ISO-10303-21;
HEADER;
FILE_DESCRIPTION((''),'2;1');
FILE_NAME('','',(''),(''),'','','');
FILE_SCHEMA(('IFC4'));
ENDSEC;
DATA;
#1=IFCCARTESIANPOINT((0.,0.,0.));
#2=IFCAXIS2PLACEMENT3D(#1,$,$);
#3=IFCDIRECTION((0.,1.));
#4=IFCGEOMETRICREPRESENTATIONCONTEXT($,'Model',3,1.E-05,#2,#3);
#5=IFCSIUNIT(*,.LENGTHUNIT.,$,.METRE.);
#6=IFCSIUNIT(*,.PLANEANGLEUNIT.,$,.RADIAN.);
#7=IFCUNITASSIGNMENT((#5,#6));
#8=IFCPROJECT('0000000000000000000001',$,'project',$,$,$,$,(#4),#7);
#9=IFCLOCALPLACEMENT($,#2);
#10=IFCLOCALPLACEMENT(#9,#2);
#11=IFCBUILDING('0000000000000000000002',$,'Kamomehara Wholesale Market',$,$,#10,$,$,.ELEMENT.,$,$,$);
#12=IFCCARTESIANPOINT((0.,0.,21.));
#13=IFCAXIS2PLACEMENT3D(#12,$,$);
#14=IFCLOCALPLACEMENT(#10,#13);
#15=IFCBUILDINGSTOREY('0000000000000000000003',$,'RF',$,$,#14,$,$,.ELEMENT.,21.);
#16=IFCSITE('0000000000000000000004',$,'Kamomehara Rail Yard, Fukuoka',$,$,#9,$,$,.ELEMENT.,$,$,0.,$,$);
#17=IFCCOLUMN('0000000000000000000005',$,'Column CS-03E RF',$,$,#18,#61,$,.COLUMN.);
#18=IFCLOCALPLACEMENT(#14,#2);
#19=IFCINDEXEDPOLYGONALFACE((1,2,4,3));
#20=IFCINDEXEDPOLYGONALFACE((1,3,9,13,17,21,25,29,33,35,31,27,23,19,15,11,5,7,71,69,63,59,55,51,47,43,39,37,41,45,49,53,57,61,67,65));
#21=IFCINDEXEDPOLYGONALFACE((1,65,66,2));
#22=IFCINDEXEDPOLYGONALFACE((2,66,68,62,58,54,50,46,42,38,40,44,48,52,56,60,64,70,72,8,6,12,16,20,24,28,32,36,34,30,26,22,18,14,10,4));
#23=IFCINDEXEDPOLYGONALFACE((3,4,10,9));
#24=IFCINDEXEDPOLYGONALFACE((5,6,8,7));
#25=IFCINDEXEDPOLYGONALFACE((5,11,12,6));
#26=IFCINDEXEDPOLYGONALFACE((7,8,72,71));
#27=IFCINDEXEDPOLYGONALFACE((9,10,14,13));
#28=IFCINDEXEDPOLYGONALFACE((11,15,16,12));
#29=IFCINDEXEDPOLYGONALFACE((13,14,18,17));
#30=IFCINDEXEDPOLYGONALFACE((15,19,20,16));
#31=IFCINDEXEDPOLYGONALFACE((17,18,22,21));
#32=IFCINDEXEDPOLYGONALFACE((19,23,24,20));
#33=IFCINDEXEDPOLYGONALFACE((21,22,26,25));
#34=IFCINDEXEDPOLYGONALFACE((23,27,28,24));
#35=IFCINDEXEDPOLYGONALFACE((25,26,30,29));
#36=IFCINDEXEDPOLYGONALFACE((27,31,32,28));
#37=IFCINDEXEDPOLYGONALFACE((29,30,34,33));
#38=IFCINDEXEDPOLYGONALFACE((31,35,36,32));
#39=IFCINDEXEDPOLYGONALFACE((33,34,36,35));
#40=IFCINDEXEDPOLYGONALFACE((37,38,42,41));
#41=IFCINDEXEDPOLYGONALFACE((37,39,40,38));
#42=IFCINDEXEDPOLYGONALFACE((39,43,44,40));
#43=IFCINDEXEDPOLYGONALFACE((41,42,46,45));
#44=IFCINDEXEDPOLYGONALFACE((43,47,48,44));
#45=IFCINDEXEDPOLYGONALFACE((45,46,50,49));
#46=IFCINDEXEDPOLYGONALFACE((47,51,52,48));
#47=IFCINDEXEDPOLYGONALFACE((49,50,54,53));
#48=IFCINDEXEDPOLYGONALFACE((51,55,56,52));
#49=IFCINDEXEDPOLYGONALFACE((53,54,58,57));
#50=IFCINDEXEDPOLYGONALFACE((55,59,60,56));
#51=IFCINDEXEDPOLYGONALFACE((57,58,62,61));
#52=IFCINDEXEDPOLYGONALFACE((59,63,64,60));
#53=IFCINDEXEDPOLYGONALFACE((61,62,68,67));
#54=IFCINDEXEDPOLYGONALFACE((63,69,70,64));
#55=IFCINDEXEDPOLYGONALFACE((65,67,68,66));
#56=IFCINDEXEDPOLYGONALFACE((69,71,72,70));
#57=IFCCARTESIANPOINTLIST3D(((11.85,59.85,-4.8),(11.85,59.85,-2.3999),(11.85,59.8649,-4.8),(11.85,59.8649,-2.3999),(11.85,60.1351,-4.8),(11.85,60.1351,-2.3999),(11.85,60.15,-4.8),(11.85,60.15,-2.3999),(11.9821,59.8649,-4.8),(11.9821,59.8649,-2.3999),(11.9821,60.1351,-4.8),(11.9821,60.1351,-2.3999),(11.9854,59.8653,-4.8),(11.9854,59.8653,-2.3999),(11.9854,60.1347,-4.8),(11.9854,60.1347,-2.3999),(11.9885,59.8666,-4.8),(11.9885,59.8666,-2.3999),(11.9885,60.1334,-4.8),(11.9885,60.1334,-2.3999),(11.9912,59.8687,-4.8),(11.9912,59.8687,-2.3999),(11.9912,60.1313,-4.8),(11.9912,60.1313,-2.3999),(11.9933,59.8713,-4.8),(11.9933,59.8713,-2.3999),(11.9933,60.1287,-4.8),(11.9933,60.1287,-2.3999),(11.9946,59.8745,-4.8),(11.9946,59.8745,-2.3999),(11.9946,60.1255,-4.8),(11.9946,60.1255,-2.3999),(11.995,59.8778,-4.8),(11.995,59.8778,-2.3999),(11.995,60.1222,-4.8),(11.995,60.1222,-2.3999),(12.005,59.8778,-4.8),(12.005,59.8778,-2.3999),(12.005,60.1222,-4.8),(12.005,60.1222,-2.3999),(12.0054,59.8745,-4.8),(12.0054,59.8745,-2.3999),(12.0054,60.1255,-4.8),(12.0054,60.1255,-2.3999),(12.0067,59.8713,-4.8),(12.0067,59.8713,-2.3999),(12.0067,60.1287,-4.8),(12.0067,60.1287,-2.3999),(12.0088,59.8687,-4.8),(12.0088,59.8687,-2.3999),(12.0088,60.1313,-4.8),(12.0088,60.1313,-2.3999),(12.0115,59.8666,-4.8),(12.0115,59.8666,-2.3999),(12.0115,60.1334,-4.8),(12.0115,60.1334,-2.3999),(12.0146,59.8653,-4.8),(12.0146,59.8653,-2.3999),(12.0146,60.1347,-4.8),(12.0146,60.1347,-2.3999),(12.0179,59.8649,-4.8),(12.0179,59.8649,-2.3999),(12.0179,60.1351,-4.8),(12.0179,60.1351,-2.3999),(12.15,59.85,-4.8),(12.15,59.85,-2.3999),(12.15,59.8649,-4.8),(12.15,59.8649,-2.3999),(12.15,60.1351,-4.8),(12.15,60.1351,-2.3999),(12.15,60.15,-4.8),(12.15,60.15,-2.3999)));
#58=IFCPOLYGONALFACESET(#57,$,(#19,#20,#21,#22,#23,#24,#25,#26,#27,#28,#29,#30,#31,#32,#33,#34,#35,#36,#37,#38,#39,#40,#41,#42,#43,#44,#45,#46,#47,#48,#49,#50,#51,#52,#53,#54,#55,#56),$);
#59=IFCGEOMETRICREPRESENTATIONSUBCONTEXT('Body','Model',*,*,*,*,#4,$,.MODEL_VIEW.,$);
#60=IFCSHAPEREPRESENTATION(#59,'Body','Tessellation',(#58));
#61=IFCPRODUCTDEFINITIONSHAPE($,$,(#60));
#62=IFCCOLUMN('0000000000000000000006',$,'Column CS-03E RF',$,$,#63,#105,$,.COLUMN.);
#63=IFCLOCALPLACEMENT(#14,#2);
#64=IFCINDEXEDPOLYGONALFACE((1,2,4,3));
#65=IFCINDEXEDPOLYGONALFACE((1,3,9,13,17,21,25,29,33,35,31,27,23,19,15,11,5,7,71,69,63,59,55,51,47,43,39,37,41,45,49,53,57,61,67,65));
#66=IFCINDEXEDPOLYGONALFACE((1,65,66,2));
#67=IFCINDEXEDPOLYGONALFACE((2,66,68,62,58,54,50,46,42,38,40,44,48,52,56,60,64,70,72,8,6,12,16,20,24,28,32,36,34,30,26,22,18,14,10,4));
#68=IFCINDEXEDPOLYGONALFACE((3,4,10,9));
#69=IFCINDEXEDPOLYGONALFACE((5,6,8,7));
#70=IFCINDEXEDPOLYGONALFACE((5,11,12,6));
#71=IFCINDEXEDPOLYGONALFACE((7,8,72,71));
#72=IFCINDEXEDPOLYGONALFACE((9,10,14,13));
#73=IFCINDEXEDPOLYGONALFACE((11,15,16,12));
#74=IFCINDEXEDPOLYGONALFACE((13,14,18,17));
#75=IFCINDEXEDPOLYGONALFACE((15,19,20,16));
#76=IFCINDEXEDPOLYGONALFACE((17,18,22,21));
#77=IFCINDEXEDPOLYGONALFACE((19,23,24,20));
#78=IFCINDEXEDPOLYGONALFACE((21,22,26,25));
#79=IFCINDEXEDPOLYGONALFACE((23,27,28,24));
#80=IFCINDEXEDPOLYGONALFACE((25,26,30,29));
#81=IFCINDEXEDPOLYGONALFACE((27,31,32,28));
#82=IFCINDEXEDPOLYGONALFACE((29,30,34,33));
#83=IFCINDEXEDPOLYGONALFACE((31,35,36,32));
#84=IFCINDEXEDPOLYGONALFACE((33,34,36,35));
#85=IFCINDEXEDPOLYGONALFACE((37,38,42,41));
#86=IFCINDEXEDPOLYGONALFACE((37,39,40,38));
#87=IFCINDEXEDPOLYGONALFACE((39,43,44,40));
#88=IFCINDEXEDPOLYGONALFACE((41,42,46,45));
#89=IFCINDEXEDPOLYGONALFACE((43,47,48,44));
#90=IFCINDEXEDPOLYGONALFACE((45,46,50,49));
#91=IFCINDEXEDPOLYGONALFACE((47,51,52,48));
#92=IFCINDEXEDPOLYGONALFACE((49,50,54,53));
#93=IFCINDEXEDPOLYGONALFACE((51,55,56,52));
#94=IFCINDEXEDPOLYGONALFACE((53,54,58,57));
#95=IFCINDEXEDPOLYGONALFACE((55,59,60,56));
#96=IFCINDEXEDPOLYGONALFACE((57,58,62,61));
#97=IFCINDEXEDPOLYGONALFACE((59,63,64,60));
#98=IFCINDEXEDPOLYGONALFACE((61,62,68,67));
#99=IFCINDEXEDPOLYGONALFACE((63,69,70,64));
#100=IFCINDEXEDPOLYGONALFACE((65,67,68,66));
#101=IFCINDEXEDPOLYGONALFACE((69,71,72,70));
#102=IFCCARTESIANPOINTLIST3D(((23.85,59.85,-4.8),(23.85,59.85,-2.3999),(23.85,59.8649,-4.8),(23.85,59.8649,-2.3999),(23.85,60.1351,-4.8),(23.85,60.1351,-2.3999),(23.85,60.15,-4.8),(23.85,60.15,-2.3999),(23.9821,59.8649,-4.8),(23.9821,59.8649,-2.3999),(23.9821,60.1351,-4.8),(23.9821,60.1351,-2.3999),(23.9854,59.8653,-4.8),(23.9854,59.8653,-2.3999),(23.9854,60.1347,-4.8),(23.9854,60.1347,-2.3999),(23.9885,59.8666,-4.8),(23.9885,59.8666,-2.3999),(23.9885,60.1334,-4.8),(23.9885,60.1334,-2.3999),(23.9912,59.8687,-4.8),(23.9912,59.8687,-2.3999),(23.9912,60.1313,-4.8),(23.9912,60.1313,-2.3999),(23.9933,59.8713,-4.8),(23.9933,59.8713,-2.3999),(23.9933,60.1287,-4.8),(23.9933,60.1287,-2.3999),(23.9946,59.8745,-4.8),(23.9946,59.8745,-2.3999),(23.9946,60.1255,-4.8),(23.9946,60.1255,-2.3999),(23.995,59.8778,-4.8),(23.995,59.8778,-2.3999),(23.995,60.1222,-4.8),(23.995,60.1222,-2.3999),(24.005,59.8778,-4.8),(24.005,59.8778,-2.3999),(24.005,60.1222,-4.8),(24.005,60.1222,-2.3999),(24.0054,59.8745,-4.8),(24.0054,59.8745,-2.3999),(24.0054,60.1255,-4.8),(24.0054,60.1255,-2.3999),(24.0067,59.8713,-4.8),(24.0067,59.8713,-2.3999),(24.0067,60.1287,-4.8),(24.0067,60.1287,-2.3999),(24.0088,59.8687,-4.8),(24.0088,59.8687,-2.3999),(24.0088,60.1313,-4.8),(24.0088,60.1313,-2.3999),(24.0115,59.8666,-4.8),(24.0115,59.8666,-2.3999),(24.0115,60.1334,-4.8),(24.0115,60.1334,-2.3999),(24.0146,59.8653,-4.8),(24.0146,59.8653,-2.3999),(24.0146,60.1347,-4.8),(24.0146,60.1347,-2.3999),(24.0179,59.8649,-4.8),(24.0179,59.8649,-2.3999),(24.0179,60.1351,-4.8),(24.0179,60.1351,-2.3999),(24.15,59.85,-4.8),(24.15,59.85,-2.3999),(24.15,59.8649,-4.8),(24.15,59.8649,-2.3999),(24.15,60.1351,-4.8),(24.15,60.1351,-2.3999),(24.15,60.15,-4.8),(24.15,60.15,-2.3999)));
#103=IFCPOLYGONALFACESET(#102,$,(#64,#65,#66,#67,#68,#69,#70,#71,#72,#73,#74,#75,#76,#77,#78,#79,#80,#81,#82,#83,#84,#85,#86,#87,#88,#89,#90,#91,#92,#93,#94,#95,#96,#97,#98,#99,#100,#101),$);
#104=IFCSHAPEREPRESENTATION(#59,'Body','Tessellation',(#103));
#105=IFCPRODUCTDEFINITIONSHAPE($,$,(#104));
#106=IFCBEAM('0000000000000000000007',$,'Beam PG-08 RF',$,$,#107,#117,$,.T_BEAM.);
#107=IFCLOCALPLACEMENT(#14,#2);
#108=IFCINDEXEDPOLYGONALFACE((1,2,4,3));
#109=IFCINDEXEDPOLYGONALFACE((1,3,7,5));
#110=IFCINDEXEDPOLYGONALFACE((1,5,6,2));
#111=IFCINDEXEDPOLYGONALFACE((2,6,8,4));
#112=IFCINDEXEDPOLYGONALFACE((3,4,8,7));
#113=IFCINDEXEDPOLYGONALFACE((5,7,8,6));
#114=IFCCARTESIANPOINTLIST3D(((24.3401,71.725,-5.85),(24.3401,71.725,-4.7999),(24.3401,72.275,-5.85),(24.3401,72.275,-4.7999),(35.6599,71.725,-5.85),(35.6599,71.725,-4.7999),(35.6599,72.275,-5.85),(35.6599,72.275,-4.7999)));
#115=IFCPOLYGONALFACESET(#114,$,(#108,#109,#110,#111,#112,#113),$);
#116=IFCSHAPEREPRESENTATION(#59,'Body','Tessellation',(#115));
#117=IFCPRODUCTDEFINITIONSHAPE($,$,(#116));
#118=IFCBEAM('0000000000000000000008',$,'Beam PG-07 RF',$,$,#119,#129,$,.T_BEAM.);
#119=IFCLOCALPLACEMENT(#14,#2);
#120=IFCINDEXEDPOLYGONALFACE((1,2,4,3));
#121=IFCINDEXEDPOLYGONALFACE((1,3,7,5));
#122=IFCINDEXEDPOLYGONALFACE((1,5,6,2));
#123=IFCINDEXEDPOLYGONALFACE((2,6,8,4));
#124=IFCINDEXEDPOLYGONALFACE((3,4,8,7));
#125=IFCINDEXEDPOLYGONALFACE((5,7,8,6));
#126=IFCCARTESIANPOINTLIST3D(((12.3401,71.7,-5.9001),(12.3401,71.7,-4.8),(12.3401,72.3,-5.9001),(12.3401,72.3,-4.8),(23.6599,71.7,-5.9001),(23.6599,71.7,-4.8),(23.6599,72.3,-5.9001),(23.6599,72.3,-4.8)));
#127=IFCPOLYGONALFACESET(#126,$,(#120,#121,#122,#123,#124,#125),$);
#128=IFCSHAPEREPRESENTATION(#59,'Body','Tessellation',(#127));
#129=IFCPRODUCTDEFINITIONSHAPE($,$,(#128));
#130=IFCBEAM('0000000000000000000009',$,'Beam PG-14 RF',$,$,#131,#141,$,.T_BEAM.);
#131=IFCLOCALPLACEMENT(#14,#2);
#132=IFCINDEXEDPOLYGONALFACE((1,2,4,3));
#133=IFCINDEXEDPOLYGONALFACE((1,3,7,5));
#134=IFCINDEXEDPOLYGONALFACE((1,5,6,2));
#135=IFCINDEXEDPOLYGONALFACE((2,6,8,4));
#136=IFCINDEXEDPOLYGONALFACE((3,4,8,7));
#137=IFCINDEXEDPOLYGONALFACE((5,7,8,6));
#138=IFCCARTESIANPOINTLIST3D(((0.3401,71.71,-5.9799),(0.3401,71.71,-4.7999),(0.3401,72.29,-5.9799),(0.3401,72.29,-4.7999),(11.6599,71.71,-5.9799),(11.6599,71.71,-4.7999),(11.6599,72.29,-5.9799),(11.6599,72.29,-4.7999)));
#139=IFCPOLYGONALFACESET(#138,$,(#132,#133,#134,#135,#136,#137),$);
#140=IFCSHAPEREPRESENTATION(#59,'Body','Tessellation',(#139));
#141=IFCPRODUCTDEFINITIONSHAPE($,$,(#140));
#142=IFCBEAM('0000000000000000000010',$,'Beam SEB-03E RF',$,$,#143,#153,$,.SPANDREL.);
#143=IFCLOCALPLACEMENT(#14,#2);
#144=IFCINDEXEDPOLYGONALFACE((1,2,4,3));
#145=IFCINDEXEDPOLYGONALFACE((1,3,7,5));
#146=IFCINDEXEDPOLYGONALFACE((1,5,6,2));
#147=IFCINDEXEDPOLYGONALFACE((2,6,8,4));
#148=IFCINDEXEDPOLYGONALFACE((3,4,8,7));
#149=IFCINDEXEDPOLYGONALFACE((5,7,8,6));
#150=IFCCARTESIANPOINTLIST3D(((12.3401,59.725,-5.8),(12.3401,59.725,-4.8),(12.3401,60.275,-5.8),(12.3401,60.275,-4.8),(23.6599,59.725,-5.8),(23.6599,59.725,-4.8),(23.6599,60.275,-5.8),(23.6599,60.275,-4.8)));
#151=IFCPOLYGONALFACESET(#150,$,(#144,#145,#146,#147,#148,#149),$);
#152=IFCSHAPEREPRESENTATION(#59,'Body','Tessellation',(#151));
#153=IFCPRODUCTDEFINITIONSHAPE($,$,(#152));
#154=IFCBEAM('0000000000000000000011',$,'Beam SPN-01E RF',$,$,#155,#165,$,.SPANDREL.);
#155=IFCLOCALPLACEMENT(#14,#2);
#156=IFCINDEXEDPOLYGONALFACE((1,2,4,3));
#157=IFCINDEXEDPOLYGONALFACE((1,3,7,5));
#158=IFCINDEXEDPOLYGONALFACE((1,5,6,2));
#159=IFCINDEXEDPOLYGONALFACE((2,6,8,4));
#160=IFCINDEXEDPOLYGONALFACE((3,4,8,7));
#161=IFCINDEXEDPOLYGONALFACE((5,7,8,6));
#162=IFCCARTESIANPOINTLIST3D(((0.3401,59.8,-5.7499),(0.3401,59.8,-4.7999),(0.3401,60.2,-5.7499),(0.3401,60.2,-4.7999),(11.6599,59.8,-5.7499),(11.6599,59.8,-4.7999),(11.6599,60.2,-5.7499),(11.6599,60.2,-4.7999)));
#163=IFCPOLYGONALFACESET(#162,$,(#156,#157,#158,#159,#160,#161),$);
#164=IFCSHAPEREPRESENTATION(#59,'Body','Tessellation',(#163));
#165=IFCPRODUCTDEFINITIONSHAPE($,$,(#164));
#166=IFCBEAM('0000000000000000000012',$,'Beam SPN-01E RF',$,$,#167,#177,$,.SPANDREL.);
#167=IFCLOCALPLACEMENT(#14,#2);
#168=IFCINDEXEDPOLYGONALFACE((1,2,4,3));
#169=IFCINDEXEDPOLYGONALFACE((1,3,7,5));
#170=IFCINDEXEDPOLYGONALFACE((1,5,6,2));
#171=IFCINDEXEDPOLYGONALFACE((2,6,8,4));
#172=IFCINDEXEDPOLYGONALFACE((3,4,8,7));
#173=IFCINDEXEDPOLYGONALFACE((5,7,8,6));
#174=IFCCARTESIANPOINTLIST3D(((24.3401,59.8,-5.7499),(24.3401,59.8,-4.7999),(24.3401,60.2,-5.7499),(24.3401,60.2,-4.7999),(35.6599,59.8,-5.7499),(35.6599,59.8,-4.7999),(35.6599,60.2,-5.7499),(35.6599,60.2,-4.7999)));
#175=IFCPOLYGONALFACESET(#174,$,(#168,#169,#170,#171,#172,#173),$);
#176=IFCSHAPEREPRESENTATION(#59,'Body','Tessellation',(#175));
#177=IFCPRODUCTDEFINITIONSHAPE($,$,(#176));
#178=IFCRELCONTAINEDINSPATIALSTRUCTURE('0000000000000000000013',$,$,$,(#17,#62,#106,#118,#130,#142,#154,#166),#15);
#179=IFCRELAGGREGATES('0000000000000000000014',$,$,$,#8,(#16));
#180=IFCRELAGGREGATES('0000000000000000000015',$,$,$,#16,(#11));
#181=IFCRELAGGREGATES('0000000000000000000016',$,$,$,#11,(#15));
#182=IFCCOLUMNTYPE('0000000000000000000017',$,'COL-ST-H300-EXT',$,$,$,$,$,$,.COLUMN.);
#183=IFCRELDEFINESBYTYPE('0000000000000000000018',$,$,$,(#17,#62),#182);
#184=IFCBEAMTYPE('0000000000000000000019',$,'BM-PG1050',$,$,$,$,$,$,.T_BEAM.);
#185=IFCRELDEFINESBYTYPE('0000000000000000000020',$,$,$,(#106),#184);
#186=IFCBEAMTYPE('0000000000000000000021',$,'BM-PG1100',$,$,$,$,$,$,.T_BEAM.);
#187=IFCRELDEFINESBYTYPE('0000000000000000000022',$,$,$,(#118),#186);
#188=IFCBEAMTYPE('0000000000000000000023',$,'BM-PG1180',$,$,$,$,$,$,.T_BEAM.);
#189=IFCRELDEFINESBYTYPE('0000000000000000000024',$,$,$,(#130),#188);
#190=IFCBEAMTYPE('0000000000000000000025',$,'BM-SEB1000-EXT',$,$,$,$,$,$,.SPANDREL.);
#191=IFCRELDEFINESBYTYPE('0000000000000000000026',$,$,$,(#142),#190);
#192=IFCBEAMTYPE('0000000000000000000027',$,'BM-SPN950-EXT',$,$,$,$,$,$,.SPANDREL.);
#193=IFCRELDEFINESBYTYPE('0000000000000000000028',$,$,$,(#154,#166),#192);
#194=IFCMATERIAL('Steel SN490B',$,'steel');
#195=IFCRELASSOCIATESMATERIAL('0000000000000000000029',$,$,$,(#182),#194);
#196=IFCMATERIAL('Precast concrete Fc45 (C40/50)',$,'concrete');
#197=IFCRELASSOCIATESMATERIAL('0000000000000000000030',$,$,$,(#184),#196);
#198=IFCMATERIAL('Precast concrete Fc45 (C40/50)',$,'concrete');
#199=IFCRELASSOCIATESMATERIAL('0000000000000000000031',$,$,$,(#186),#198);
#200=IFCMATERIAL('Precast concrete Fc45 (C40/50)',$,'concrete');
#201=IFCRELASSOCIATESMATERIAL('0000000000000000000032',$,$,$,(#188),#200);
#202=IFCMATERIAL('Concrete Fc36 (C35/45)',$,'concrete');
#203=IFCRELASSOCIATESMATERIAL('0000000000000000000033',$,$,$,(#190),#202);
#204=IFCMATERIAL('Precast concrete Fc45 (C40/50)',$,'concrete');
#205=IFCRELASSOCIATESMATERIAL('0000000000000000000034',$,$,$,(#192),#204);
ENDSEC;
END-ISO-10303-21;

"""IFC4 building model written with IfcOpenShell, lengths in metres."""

from ifc_helpers import new_model, si_unit, direction, frame, origin, origin_2d, place, context, subcontext, project, spatial, rectangle, i_section, extrude, material, material_profile, profile_set, type_object, element, save


model = new_model("IFC4")

# Units and contexts
model_context = context("Model", 3, precision=1e-05, world=origin(), true_north=direction((0.0, 1.0)))
body_context = subcontext(model_context, "Body", "Model", "MODEL_VIEW")
ifc_project = project(units=[si_unit("LENGTHUNIT", "METRE"), si_unit("PLANEANGLEUNIT", "RADIAN")], contexts=[model_context])

# Site, building, storey
site_placement = place(None, origin())
site = spatial("IfcSite", under=ifc_project, at=site_placement, Name="Kamomehara Rail Yard, Fukuoka", CompositionType="ELEMENT", RefElevation=0.0)
building_placement = place(site_placement, origin())
building = spatial("IfcBuilding", under=site, at=building_placement, Name="Kamomehara Wholesale Market", CompositionType="ELEMENT")
storey_placement = place(building_placement, frame((0.0, 0.0, 21.0)))
storey = spatial("IfcBuildingStorey", under=building, at=storey_placement, Name="RF", CompositionType="ELEMENT", Elevation=21.0)

# Columns
ifc_material_1 = material(Name="Steel SN490B", Category="steel")
ifc_material_profile_1 = material_profile(ifc_material_1, i_section(OverallWidth=0.3, OverallDepth=0.3, WebThickness=0.01, FlangeThickness=0.0149, FilletRadius=0.0129, at=origin_2d()), Name="H-300x300x10x15")
ifc_profile_set_1 = profile_set([ifc_material_profile_1], Name="Steel SN490B")
column_type_1 = type_object("IfcColumnType", Name="COL-ST-H300-EXT", PredefinedType="COLUMN", material=ifc_profile_set_1)
for number, where, z_axis, x_axis, name in (
    (1, (12.0, 60.0, -4.8), (0.0, 0.0, 1.0), (1.0, 0.0, 0.0), "Column CS-03E RF"),
    (2, (24.0, 60.0, -4.8), (0.0, 0.0, 1.0), (1.0, 0.0, 0.0), "Column CS-03E RF"),
):
    element("IfcColumn", number, at=place(storey_placement, frame(where, z_axis=z_axis, x_axis=x_axis)), inside=storey, type_object=column_type_1, Name=name, PredefinedType="COLUMN", context=body_context, shape_type="SweptSolid", body=[
        extrude(i_section(OverallWidth=0.3, OverallDepth=0.3, WebThickness=0.01, FlangeThickness=0.0149, FilletRadius=0.0129, at=origin_2d()), origin(), (0.0, 0.0, 1.0), 2.4001),
    ])

# Beams
ifc_material_2 = material(Name="Precast concrete Fc45 (C40/50)", Category="concrete")
ifc_material_profile_2 = material_profile(ifc_material_2, rectangle(XDim=0.55, YDim=1.05, at=origin_2d()), Name="PC-GRD-550x1050")
ifc_profile_set_2 = profile_set([ifc_material_profile_2], Name="Precast concrete Fc45 (C40/50)")
beam_type_1 = type_object("IfcBeamType", Name="BM-PG1050", PredefinedType="T_BEAM", material=ifc_profile_set_2)
beam_1_placement = place(storey_placement, frame((24.3401, 72.0, -5.325), z_axis=(1.0, 0.0, 0.0), x_axis=(0.0, 1.0, 0.0)))
element("IfcBeam", 3, at=beam_1_placement, inside=storey, type_object=beam_type_1, Name="Beam PG-08 RF", PredefinedType="T_BEAM", context=body_context, shape_type="SweptSolid", body=[
    extrude(rectangle(XDim=0.55, YDim=1.05, at=origin_2d()), origin(), (0.0, 0.0, 1.0), 11.3198),
])
ifc_material_3 = material(Name="Precast concrete Fc45 (C40/50)", Category="concrete")
ifc_material_profile_3 = material_profile(ifc_material_3, rectangle(XDim=0.6001, YDim=1.1001, at=origin_2d()), Name="PC-GRD-600x1100")
ifc_profile_set_3 = profile_set([ifc_material_profile_3], Name="Precast concrete Fc45 (C40/50)")
beam_type_2 = type_object("IfcBeamType", Name="BM-PG1100", PredefinedType="T_BEAM", material=ifc_profile_set_3)
beam_2_placement = place(storey_placement, frame((12.3401, 72.0, -5.3501), z_axis=(1.0, 0.0, 0.0), x_axis=(0.0, 1.0, 0.0)))
element("IfcBeam", 4, at=beam_2_placement, inside=storey, type_object=beam_type_2, Name="Beam PG-07 RF", PredefinedType="T_BEAM", context=body_context, shape_type="SweptSolid", body=[
    extrude(rectangle(XDim=0.6001, YDim=1.1001, at=origin_2d()), origin(), (0.0, 0.0, 1.0), 11.3198),
])
ifc_material_4 = material(Name="Precast concrete Fc45 (C40/50)", Category="concrete")
ifc_material_profile_4 = material_profile(ifc_material_4, rectangle(XDim=0.5801, YDim=1.1799, at=origin_2d()), Name="PC-GRD-580x1180")
ifc_profile_set_4 = profile_set([ifc_material_profile_4], Name="Precast concrete Fc45 (C40/50)")
beam_type_3 = type_object("IfcBeamType", Name="BM-PG1180", PredefinedType="T_BEAM", material=ifc_profile_set_4)
beam_3_placement = place(storey_placement, frame((0.3401, 72.0, -5.3899), z_axis=(1.0, 0.0, 0.0), x_axis=(0.0, 1.0, 0.0)))
element("IfcBeam", 5, at=beam_3_placement, inside=storey, type_object=beam_type_3, Name="Beam PG-14 RF", PredefinedType="T_BEAM", context=body_context, shape_type="SweptSolid", body=[
    extrude(rectangle(XDim=0.5801, YDim=1.1799, at=origin_2d()), origin(), (0.0, 0.0, 1.0), 11.3198),
])
ifc_material_5 = material(Name="Concrete Fc36 (C35/45)", Category="concrete")
ifc_material_profile_5 = material_profile(ifc_material_5, rectangle(XDim=0.55, YDim=1.0, at=origin_2d()), Name="RC-SEB-550x1000")
ifc_profile_set_5 = profile_set([ifc_material_profile_5], Name="Concrete Fc36 (C35/45)")
beam_type_4 = type_object("IfcBeamType", Name="BM-SEB1000-EXT", PredefinedType="SPANDREL", material=ifc_profile_set_5)
beam_4_placement = place(storey_placement, frame((12.3401, 60.0, -5.3), z_axis=(1.0, 0.0, 0.0), x_axis=(0.0, 1.0, 0.0)))
element("IfcBeam", 6, at=beam_4_placement, inside=storey, type_object=beam_type_4, Name="Beam SEB-03E RF", PredefinedType="SPANDREL", context=body_context, shape_type="SweptSolid", body=[
    extrude(rectangle(XDim=0.55, YDim=1.0, at=origin_2d()), origin(), (0.0, 0.0, 1.0), 11.3198),
])
ifc_material_6 = material(Name="Precast concrete Fc45 (C40/50)", Category="concrete")
ifc_material_profile_6 = material_profile(ifc_material_6, rectangle(XDim=0.3999, YDim=0.95, at=origin_2d()), Name="PC-SPN-400x950")
ifc_profile_set_6 = profile_set([ifc_material_profile_6], Name="Precast concrete Fc45 (C40/50)")
beam_type_5 = type_object("IfcBeamType", Name="BM-SPN950-EXT", PredefinedType="SPANDREL", material=ifc_profile_set_6)
for number, where, z_axis, x_axis, name in (
    (7, (0.3401, 60.0, -5.2749), (1.0, 0.0, 0.0), (0.0, 1.0, 0.0), "Beam SPN-01E RF"),
    (8, (24.3401, 60.0, -5.2749), (1.0, 0.0, 0.0), (0.0, 1.0, 0.0), "Beam SPN-01E RF"),
):
    element("IfcBeam", number, at=place(storey_placement, frame(where, z_axis=z_axis, x_axis=x_axis)), inside=storey, type_object=beam_type_5, Name=name, PredefinedType="SPANDREL", context=body_context, shape_type="SweptSolid", body=[
        extrude(rectangle(XDim=0.3999, YDim=0.95, at=origin_2d()), origin(), (0.0, 0.0, 1.0), 11.3198),
    ])

save(model, "model.ifc")
